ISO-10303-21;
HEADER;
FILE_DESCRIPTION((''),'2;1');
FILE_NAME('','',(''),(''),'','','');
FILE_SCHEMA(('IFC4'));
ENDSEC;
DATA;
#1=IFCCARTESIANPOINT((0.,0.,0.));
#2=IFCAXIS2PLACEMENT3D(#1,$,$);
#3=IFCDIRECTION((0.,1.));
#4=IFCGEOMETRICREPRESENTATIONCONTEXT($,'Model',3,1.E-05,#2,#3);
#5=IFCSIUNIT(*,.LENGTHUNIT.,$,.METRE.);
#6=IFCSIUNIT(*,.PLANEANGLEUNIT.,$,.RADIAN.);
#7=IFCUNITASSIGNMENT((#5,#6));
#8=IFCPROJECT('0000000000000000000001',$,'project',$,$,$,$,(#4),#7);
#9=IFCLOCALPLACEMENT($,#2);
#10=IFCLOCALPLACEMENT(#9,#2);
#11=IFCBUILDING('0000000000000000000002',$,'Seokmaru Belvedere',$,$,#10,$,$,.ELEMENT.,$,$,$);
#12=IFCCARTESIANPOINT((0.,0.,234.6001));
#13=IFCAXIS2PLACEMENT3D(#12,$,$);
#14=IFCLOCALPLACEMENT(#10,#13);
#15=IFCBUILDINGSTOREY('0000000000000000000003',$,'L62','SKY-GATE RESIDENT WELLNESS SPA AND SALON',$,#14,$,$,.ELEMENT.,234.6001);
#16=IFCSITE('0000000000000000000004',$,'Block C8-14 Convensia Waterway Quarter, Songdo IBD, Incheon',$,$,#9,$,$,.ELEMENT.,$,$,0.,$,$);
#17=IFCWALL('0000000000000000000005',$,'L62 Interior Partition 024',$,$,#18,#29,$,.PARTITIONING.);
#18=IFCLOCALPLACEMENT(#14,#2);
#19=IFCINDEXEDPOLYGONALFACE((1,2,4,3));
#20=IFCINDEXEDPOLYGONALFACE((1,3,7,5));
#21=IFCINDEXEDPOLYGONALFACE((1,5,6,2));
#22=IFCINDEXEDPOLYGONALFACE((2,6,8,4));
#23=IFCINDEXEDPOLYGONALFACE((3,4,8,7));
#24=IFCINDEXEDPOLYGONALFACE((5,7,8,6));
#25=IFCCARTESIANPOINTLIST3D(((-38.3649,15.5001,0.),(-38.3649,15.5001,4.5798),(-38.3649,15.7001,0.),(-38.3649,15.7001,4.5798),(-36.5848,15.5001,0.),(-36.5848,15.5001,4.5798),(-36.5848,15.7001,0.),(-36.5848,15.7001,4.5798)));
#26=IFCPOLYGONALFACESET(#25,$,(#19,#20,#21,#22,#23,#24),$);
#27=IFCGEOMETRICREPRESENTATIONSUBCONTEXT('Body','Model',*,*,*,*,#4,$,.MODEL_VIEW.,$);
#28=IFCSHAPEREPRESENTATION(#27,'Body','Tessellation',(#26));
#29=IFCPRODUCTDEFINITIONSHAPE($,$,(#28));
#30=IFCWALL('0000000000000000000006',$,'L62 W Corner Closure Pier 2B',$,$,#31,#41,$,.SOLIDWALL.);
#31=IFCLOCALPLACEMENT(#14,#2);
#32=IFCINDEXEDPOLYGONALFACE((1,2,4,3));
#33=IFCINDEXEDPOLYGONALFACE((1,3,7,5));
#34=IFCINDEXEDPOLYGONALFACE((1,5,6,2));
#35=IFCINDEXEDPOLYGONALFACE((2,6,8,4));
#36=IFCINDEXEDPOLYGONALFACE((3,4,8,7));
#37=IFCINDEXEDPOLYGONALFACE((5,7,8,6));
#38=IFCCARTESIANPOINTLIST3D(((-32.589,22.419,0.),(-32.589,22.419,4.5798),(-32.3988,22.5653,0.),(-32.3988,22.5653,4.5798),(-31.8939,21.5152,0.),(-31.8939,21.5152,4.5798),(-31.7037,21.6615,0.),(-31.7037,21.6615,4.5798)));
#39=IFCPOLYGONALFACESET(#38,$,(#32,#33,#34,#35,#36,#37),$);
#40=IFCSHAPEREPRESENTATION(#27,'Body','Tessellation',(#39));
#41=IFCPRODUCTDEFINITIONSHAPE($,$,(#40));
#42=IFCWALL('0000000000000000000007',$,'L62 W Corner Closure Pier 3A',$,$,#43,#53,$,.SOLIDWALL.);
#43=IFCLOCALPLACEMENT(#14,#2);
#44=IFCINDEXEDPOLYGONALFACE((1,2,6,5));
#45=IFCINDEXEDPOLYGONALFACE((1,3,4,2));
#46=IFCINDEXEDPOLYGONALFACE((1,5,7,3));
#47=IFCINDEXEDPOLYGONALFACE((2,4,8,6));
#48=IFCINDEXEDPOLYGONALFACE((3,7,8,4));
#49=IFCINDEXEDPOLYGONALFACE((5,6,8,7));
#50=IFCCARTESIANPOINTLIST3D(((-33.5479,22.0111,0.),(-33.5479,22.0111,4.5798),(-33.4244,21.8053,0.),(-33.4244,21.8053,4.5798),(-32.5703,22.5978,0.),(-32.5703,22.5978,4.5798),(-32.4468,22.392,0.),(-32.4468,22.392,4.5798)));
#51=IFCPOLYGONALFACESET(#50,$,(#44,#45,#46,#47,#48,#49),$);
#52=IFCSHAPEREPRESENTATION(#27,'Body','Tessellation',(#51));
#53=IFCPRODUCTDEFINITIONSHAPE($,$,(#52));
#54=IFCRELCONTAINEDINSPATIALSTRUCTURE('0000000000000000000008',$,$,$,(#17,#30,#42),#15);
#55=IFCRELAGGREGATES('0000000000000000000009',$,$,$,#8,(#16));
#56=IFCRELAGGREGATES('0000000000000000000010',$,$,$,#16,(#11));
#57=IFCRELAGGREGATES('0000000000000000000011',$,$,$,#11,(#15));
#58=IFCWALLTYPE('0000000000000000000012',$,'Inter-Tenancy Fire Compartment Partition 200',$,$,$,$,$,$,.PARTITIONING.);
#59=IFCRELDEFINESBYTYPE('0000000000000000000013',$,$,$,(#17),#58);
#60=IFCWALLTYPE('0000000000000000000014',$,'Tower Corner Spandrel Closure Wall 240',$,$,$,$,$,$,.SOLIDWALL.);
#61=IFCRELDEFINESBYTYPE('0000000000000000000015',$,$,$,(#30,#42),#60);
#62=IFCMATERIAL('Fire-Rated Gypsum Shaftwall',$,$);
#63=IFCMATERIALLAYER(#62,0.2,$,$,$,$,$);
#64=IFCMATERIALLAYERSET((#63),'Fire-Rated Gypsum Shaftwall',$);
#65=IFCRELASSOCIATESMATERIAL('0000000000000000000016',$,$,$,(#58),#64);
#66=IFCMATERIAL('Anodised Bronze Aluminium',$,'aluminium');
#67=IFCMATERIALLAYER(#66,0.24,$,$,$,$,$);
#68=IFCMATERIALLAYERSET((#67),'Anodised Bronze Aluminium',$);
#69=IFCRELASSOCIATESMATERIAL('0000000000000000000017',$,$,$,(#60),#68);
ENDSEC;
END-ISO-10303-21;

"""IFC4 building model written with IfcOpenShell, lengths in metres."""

from ifc_helpers import new_model, si_unit, direction, frame, frame_2d, origin, place, context, subcontext, project, spatial, rectangle, extrude, material, layer, layer_set, type_object, element, save


model = new_model("IFC4")

# Units and contexts
model_context = context("Model", 3, precision=1e-05, world=origin(), true_north=direction((0.0, 1.0)))
body_context = subcontext(model_context, "Body", "Model", "MODEL_VIEW")
ifc_project = project(units=[si_unit("LENGTHUNIT", "METRE"), si_unit("PLANEANGLEUNIT", "RADIAN")], contexts=[model_context])

# Site, building, storey
site_placement = place(None, origin())
site = spatial("IfcSite", under=ifc_project, at=site_placement, Name="Block C8-14 Convensia Waterway Quarter, Songdo IBD, Incheon", CompositionType="ELEMENT", RefElevation=0.0)
building_placement = place(site_placement, origin())
building = spatial("IfcBuilding", under=site, at=building_placement, Name="Seokmaru Belvedere", CompositionType="ELEMENT")
storey_placement = place(building_placement, frame((0.0, 0.0, 234.6001)))
storey = spatial("IfcBuildingStorey", under=building, at=storey_placement, Name="L62", Description="SKY-GATE RESIDENT WELLNESS SPA AND SALON", CompositionType="ELEMENT", Elevation=234.6001)

# Shared definitions
ifc_material_1 = material(Name="Anodised Bronze Aluminium", Category="aluminium")

# Walls
ifc_material_2 = material(Name="Fire-Rated Gypsum Shaftwall")
ifc_layer_1 = layer(ifc_material_2, 0.2)
ifc_layer_set_1 = layer_set([ifc_layer_1], Name="Fire-Rated Gypsum Shaftwall")
wall_type_1 = type_object("IfcWallType", Name="Inter-Tenancy Fire Compartment Partition 200", PredefinedType="PARTITIONING", material=ifc_layer_set_1)
wall_placement = place(storey_placement, frame((-38.365, 15.6001, 0.0), z_axis=(0.0, 0.0, 1.0), x_axis=(1.0, 0.0, 0.0)))
element("IfcWall", 1, at=wall_placement, inside=storey, type_object=wall_type_1, Name="L62 Interior Partition 024", PredefinedType="PARTITIONING", context=body_context, shape_type="SweptSolid", body=[
    extrude(rectangle(XDim=1.78, YDim=0.2, at=frame_2d((0.8901, 0.0))), origin(), (0.0, 0.0, 1.0), 4.5798),
])
ifc_layer_2 = layer(ifc_material_1, 0.24)
ifc_layer_set_2 = layer_set([ifc_layer_2], Name="Anodised Bronze Aluminium")
wall_type_2 = type_object("IfcWallType", Name="Tower Corner Spandrel Closure Wall 240", PredefinedType="SOLIDWALL", material=ifc_layer_set_2)
for number, where, z_axis, x_axis, name in (
    (2, (-31.7988, 21.5884, 0.0), (0.0, 0.0, 1.0), (-0.609618, 0.792696, 0.0), "L62 W Corner Closure Pier 2B"),
    (3, (-32.5085, 22.4949, 0.0), (0.0, 0.0, 1.0), (-0.857436, -0.51459, 0.0), "L62 W Corner Closure Pier 3A"),
):
    element("IfcWall", number, at=place(storey_placement, frame(where, z_axis=z_axis, x_axis=x_axis)), inside=storey, type_object=wall_type_2, Name=name, PredefinedType="SOLIDWALL", context=body_context, shape_type="SweptSolid", body=[
        extrude(rectangle(XDim=1.1401, YDim=0.24, at=frame_2d((0.5701, 0.0))), origin(), (0.0, 0.0, 1.0), 4.5798),
    ])

save(model, "model.ifc")
